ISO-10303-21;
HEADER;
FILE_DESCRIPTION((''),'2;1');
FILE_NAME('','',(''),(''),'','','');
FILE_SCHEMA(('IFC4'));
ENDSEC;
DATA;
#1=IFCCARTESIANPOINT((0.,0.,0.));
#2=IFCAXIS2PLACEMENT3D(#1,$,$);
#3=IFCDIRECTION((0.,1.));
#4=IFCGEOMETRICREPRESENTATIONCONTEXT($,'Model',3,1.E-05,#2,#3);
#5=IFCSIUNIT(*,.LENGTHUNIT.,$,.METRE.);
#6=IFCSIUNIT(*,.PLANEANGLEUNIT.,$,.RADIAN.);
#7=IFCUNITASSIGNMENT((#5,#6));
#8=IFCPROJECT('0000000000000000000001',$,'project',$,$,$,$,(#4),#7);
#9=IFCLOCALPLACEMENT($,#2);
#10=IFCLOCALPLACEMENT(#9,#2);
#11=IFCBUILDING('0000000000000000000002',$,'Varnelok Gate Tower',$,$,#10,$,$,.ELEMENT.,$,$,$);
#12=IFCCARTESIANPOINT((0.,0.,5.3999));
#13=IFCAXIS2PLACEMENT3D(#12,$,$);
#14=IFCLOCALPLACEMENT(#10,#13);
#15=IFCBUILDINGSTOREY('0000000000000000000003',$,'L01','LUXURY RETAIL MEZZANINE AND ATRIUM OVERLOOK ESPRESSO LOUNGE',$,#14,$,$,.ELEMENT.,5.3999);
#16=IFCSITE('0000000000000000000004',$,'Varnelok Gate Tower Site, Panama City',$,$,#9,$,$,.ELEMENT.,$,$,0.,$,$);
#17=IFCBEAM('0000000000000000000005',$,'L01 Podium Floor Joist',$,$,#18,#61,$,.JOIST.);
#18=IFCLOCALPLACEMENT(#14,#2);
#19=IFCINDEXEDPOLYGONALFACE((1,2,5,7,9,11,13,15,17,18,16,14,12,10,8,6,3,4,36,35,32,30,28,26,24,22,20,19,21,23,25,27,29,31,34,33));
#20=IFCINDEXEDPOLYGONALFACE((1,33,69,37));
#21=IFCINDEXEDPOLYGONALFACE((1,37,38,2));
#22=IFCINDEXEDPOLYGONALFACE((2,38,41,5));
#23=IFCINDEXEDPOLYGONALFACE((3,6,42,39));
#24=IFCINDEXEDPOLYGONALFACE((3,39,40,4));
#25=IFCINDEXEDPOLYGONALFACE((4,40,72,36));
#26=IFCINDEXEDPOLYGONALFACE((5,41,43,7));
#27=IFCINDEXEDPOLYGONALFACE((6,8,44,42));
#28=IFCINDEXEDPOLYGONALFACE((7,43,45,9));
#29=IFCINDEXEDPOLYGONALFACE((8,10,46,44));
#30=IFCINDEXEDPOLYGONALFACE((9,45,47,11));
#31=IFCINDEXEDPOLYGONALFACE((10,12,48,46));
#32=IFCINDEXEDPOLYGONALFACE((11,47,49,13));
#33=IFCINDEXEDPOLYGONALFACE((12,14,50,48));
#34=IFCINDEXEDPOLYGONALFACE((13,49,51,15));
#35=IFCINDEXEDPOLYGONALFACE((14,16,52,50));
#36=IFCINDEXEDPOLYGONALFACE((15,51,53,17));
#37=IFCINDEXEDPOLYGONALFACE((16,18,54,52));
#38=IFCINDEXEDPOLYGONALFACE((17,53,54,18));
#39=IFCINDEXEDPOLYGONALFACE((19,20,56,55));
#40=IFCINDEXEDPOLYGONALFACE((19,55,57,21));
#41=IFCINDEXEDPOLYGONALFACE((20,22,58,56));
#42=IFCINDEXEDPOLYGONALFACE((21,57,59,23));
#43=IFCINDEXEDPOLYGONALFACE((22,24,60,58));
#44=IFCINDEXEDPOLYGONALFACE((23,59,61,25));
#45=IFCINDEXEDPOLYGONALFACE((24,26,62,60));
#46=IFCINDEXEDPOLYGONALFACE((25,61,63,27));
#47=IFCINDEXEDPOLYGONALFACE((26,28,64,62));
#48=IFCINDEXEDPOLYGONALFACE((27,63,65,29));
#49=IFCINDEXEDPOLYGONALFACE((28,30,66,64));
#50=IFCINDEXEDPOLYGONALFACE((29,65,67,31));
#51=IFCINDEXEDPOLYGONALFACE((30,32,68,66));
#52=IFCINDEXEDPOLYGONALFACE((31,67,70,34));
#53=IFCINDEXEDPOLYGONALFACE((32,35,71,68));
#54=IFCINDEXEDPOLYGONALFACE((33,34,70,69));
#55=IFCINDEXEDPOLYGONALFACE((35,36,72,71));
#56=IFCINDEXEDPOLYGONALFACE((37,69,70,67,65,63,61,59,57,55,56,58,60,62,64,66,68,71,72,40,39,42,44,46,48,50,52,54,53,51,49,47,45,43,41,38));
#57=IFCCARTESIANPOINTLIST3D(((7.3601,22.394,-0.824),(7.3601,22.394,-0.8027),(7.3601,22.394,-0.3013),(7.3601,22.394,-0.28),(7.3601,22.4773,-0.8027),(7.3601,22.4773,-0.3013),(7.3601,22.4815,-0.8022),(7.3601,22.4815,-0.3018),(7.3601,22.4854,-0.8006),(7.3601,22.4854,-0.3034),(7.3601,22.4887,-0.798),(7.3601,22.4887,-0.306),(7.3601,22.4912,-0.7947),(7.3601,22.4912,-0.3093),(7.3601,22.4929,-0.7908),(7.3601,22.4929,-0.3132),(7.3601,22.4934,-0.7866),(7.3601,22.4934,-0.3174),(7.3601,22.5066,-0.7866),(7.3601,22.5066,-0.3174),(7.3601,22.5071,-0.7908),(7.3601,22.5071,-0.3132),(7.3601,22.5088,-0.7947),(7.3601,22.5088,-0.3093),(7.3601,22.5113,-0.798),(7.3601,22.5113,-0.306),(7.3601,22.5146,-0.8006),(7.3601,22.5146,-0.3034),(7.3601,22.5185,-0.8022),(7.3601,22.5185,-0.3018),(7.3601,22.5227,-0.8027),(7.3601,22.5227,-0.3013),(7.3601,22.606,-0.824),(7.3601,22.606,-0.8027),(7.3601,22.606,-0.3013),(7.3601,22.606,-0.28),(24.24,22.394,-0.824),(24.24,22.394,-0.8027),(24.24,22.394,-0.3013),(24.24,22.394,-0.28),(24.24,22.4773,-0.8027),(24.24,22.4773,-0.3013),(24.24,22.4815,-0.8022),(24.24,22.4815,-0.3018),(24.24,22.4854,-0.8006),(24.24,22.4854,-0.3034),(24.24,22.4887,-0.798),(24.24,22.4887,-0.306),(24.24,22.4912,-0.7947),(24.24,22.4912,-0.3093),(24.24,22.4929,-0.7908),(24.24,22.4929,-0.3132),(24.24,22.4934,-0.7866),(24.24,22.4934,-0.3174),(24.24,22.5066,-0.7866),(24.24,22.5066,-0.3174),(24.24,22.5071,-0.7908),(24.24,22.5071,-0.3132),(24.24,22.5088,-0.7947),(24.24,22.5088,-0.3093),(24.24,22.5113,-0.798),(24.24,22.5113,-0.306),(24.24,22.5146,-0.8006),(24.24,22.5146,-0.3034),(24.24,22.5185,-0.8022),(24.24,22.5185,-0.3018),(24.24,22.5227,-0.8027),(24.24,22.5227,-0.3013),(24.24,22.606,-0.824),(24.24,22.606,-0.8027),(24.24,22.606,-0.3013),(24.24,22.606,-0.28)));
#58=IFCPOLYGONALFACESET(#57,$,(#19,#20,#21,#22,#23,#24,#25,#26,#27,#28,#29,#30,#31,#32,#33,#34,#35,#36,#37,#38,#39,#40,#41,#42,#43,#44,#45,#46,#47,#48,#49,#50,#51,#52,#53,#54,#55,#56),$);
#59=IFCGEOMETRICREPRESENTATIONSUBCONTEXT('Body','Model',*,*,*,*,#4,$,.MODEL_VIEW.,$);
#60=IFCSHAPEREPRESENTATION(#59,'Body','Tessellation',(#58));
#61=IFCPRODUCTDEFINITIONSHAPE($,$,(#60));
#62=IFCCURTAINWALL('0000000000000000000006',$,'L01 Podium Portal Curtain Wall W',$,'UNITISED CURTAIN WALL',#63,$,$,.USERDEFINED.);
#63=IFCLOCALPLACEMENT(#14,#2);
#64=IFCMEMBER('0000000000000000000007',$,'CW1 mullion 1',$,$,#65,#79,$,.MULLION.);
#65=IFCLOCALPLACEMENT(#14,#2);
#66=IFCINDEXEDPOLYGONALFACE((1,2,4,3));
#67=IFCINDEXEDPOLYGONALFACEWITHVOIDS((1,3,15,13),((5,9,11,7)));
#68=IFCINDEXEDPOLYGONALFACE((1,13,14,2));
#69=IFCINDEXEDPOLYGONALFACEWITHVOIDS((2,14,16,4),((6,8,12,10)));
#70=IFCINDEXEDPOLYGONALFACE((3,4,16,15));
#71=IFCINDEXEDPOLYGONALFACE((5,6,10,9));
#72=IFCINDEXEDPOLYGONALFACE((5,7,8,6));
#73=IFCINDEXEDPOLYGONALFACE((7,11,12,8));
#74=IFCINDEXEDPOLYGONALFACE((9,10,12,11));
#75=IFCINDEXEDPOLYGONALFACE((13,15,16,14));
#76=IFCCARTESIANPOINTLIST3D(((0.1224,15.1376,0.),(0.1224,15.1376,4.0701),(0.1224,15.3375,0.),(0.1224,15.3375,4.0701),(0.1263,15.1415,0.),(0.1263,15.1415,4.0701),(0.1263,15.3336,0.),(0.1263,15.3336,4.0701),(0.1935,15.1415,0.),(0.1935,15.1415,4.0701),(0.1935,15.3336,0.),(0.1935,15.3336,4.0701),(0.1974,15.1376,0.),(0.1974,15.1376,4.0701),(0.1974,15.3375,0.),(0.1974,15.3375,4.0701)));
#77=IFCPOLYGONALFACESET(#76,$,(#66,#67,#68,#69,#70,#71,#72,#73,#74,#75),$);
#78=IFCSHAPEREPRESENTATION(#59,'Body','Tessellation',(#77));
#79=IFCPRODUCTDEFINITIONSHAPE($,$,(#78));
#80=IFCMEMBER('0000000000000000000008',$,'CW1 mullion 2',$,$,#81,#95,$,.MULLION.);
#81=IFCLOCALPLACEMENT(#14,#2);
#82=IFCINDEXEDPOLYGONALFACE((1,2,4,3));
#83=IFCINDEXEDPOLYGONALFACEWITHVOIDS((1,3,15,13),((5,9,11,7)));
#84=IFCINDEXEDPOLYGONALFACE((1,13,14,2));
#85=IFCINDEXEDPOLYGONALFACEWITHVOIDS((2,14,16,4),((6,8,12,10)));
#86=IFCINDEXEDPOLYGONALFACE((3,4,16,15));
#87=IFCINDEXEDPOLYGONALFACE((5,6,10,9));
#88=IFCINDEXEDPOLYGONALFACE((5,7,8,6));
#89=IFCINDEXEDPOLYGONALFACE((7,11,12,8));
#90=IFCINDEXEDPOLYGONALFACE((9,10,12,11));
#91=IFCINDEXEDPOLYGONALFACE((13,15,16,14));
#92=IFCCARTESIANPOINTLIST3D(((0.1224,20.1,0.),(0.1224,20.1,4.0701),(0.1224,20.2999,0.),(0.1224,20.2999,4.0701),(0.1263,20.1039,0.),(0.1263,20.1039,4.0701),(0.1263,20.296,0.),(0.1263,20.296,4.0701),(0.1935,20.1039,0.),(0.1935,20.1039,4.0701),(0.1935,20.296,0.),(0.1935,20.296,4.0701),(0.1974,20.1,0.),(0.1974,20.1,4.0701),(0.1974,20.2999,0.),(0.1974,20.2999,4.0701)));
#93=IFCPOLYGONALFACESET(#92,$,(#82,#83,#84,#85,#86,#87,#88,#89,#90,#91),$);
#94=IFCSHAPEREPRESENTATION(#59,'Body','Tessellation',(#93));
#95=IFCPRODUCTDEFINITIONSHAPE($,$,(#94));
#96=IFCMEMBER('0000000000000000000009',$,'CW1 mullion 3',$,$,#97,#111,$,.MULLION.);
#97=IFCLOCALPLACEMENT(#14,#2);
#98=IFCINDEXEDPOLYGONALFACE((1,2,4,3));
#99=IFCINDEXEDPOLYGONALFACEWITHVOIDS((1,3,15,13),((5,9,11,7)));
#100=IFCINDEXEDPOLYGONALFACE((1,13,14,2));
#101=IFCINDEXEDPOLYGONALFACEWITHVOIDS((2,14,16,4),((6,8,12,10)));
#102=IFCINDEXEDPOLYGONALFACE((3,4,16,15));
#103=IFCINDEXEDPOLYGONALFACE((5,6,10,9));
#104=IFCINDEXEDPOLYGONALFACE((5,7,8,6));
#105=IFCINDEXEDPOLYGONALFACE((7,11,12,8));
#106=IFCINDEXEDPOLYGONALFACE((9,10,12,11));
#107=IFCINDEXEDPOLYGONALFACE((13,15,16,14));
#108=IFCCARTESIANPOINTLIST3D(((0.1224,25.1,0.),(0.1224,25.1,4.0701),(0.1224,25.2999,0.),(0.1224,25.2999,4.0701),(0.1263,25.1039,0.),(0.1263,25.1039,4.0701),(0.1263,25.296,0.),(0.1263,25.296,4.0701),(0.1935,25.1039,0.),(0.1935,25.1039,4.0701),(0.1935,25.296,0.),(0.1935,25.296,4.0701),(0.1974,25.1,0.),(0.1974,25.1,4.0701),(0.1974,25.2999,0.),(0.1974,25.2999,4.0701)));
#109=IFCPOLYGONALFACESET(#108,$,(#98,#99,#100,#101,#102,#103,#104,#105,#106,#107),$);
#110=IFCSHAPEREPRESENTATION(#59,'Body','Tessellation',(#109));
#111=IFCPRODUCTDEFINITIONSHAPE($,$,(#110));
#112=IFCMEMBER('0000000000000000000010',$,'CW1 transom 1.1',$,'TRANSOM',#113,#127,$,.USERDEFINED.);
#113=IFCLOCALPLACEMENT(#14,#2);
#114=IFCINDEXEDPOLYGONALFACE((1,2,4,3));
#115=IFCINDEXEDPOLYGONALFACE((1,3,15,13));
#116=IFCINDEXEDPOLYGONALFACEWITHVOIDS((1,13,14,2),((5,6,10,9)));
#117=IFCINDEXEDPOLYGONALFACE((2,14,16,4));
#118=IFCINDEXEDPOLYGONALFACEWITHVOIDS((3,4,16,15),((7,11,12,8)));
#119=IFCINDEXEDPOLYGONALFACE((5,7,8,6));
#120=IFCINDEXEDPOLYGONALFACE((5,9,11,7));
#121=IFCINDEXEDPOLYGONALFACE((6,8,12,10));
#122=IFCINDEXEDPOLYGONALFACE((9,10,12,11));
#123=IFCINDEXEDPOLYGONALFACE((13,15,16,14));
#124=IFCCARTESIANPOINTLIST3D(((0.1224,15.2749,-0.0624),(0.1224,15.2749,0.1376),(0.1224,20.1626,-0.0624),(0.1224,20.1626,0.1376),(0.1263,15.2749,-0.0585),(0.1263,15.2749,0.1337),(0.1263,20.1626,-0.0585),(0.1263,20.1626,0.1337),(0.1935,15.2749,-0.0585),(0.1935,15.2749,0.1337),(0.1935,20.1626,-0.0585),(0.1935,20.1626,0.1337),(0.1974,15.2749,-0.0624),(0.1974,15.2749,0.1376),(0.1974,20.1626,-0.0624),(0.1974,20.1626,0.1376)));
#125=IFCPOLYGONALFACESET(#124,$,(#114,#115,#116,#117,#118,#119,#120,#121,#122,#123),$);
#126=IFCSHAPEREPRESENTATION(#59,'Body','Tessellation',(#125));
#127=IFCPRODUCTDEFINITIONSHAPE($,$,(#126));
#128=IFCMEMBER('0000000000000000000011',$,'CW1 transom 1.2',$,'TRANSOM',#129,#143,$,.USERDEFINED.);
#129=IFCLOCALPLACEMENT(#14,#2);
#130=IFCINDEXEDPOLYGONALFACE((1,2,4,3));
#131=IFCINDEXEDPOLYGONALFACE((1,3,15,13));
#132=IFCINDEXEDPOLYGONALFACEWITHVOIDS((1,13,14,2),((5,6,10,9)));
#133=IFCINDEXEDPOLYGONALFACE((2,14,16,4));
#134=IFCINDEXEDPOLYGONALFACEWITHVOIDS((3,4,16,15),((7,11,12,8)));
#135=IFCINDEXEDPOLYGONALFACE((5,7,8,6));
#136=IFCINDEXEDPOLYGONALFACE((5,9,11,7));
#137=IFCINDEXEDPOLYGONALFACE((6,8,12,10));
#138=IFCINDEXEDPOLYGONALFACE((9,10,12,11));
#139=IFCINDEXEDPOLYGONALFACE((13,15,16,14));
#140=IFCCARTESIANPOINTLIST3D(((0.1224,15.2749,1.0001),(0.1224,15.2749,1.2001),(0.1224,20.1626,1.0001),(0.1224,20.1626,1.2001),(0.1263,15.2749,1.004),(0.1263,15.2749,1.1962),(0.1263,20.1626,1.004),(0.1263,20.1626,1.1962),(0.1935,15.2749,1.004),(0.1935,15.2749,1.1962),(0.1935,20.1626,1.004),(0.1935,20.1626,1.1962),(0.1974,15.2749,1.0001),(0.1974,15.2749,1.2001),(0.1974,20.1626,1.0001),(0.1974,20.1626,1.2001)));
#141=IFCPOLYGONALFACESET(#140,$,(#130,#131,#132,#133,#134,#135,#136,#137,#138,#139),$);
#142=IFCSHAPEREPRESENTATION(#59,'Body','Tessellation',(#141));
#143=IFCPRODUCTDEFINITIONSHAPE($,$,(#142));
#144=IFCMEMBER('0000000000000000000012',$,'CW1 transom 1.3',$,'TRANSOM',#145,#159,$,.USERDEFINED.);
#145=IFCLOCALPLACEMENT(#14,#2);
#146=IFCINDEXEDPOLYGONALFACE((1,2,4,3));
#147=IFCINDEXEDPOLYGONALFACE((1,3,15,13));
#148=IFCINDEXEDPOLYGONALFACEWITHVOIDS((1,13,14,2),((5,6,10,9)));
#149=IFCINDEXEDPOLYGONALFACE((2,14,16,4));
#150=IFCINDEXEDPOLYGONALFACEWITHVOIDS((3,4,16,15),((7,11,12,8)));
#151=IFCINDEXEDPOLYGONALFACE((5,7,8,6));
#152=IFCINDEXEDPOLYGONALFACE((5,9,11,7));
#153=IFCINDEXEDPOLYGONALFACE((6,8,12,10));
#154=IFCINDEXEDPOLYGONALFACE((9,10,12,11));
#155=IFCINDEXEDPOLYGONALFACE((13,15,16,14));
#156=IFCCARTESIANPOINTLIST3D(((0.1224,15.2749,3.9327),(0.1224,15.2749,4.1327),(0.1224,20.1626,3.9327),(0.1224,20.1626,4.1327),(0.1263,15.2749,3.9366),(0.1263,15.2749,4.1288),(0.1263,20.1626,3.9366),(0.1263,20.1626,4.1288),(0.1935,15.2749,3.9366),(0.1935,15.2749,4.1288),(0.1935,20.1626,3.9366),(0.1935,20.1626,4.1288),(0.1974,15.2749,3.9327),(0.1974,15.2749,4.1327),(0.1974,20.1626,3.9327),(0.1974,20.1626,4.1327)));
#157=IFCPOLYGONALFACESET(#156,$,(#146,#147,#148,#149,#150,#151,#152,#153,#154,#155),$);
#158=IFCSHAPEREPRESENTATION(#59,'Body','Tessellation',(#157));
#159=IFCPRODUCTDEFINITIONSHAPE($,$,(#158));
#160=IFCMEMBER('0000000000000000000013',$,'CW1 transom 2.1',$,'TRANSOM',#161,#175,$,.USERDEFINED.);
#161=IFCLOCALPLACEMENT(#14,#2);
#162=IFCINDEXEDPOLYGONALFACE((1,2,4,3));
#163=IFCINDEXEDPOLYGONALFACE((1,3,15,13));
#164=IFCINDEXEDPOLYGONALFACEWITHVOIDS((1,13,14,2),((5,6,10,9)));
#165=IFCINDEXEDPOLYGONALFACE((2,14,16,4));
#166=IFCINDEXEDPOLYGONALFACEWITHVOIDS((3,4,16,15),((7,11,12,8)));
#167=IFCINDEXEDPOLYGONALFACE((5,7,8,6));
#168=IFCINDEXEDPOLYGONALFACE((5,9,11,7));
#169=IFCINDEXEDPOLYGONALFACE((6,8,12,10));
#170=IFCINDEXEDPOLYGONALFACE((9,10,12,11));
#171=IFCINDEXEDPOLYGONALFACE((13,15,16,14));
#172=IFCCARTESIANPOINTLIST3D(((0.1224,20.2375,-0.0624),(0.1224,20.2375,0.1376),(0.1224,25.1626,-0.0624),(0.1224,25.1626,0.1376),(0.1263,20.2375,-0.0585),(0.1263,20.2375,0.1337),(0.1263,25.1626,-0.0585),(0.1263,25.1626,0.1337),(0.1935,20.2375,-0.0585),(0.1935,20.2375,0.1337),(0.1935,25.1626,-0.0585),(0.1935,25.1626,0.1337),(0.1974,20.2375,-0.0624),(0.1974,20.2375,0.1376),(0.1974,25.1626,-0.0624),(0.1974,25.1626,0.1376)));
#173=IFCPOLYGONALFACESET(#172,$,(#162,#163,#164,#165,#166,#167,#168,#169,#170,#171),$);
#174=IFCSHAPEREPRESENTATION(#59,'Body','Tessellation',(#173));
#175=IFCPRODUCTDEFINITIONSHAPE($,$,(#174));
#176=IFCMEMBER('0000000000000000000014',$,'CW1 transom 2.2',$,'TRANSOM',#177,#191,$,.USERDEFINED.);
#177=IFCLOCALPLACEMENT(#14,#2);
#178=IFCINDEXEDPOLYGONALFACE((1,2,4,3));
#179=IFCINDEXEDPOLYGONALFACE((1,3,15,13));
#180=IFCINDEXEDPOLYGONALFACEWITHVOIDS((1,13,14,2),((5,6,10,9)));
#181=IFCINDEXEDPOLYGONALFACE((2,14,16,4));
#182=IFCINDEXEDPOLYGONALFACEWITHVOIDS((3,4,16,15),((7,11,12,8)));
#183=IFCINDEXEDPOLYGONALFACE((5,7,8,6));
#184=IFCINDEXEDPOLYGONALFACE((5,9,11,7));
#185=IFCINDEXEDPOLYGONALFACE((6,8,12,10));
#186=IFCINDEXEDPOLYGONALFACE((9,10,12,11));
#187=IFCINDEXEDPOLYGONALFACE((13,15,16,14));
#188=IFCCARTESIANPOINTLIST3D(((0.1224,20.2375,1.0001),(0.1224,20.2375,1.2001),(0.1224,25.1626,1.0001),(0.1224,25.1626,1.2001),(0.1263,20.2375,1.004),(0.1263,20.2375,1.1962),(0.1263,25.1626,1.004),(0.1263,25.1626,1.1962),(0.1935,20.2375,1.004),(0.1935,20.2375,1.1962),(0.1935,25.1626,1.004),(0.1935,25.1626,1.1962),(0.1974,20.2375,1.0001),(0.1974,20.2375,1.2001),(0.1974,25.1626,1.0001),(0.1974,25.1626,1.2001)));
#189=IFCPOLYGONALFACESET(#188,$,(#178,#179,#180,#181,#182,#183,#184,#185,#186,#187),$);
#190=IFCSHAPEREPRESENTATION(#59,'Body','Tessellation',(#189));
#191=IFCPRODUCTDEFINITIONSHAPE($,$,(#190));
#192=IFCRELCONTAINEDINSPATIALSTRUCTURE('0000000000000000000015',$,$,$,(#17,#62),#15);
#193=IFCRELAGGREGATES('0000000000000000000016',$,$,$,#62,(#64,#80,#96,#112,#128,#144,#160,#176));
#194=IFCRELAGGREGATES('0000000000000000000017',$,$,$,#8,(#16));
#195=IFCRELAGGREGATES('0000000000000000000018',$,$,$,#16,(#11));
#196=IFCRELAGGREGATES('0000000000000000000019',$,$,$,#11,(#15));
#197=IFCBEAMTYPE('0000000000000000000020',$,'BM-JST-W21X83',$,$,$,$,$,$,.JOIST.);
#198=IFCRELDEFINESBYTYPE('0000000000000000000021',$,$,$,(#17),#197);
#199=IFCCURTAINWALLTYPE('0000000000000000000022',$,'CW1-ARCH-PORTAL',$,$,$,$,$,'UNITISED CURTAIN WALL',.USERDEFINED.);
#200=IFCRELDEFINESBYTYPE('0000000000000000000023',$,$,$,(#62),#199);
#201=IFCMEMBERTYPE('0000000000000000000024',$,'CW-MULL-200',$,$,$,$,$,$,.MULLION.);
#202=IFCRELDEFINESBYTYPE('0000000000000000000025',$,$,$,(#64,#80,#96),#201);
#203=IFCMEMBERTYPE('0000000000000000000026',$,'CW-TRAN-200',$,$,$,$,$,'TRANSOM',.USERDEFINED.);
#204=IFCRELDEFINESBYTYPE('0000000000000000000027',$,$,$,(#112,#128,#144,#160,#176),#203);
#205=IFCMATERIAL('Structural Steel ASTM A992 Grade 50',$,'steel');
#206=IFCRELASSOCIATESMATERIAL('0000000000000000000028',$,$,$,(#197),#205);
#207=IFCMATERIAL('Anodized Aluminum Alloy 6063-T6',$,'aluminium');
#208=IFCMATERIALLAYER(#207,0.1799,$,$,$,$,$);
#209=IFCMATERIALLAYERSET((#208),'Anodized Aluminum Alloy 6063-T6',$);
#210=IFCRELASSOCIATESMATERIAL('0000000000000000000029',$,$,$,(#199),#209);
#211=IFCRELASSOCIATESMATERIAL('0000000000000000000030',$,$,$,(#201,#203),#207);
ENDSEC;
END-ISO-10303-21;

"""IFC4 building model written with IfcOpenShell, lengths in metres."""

from ifc_helpers import new_model, si_unit, direction, frame, origin, origin_2d, place, context, subcontext, project, spatial, hollow_rectangle, i_section, extrude, material, layer, layer_set, material_profile, profile_set, type_object, element, aggregate, save


model = new_model("IFC4")

# Units and contexts
model_context = context("Model", 3, precision=1e-05, world=origin(), true_north=direction((0.0, 1.0)))
body_context = subcontext(model_context, "Body", "Model", "MODEL_VIEW")
ifc_project = project(units=[si_unit("LENGTHUNIT", "METRE"), si_unit("PLANEANGLEUNIT", "RADIAN")], contexts=[model_context])

# Site, building, storey
site_placement = place(None, origin())
site = spatial("IfcSite", under=ifc_project, at=site_placement, Name="Varnelok Gate Tower Site, Panama City", CompositionType="ELEMENT", RefElevation=0.0)
building_placement = place(site_placement, origin())
building = spatial("IfcBuilding", under=site, at=building_placement, Name="Varnelok Gate Tower", CompositionType="ELEMENT")
storey_placement = place(building_placement, frame((0.0, 0.0, 5.3999)))
storey = spatial("IfcBuildingStorey", under=building, at=storey_placement, Name="L01", Description="LUXURY RETAIL MEZZANINE AND ATRIUM OVERLOOK ESPRESSO LOUNGE", CompositionType="ELEMENT", Elevation=5.3999)

# Beam
ifc_material_1 = material(Name="Structural Steel ASTM A992 Grade 50", Category="steel")
ifc_material_profile_1 = material_profile(ifc_material_1, i_section(OverallWidth=0.2119, OverallDepth=0.5439, WebThickness=0.0132, FlangeThickness=0.0212, FilletRadius=0.0161, at=origin_2d()), Name="W21X83")
ifc_profile_set_1 = profile_set([ifc_material_profile_1], Name="Structural Steel ASTM A992 Grade 50")
beam_type = type_object("IfcBeamType", Name="BM-JST-W21X83", PredefinedType="JOIST", material=ifc_profile_set_1)
beam_placement = place(storey_placement, frame((7.3601, 22.5, -0.552), z_axis=(1.0, 0.0, 0.0), x_axis=(0.0, 1.0, 0.0)))
element("IfcBeam", 1, at=beam_placement, inside=storey, type_object=beam_type, Name="L01 Podium Floor Joist", PredefinedType="JOIST", context=body_context, shape_type="SweptSolid", body=[
    extrude(i_section(OverallWidth=0.2119, OverallDepth=0.5439, WebThickness=0.0132, FlangeThickness=0.0212, FilletRadius=0.0161, at=origin_2d()), origin(), (0.0, 0.0, 1.0), 16.8799),
])

# Curtain wall, members
ifc_material_2 = material(Name="Anodized Aluminum Alloy 6063-T6", Category="aluminium")
ifc_layer_1 = layer(ifc_material_2, 0.1799)
ifc_layer_set_1 = layer_set([ifc_layer_1], Name="Anodized Aluminum Alloy 6063-T6")
curtain_wall_type = type_object("IfcCurtainWallType", Name="CW1-ARCH-PORTAL", ElementType="UNITISED CURTAIN WALL", PredefinedType="USERDEFINED", material=ifc_layer_set_1)
curtain_wall_placement = place(storey_placement, origin())
curtain_wall = element("IfcCurtainWall", 2, at=curtain_wall_placement, inside=storey, type_object=curtain_wall_type, Name="L01 Podium Portal Curtain Wall W", ObjectType="UNITISED CURTAIN WALL", PredefinedType="USERDEFINED")
ifc_material_profile_2 = material_profile(ifc_material_2, hollow_rectangle(XDim=0.075, YDim=0.2, WallThickness=0.0039, at=origin_2d()), Name="ALU200X75X4")
ifc_profile_set_2 = profile_set([ifc_material_profile_2], Name="Anodized Aluminum Alloy 6063-T6")
member_type_1 = type_object("IfcMemberType", Name="CW-MULL-200", PredefinedType="MULLION", material=ifc_profile_set_2)
member_1_placement = place(storey_placement, frame((0.1599, 15.2375, 0.0), z_axis=(0.0, 0.0, 1.0), x_axis=(-1.0, 0.0, 0.0)))
member_1 = element("IfcMember", 3, at=member_1_placement, type_object=member_type_1, Name="CW1 mullion 1", PredefinedType="MULLION", context=body_context, shape_type="SweptSolid", body=[
    extrude(hollow_rectangle(XDim=0.075, YDim=0.2, WallThickness=0.0039, at=origin_2d()), origin(), (0.0, 0.0, 1.0), 4.0701),
])
member_2_placement = place(storey_placement, frame((0.1599, 20.2, 0.0), z_axis=(0.0, 0.0, 1.0), x_axis=(-1.0, 0.0, 0.0)))
member_2 = element("IfcMember", 4, at=member_2_placement, type_object=member_type_1, Name="CW1 mullion 2", PredefinedType="MULLION", context=body_context, shape_type="SweptSolid", body=[
    extrude(hollow_rectangle(XDim=0.075, YDim=0.2, WallThickness=0.0039, at=origin_2d()), origin(), (0.0, 0.0, 1.0), 4.0701),
])
member_3_placement = place(storey_placement, frame((0.1599, 25.2, 0.0), z_axis=(0.0, 0.0, 1.0), x_axis=(-1.0, 0.0, 0.0)))
member_3 = element("IfcMember", 5, at=member_3_placement, type_object=member_type_1, Name="CW1 mullion 3", PredefinedType="MULLION", context=body_context, shape_type="SweptSolid", body=[
    extrude(hollow_rectangle(XDim=0.075, YDim=0.2, WallThickness=0.0039, at=origin_2d()), origin(), (0.0, 0.0, 1.0), 4.0701),
])
ifc_material_profile_3 = material_profile(ifc_material_2, hollow_rectangle(XDim=0.075, YDim=0.2, WallThickness=0.0039, at=origin_2d()), Name="ALU200X75X4")
ifc_profile_set_3 = profile_set([ifc_material_profile_3], Name="Anodized Aluminum Alloy 6063-T6")
member_type_2 = type_object("IfcMemberType", Name="CW-TRAN-200", ElementType="TRANSOM", PredefinedType="USERDEFINED", material=ifc_profile_set_3)
member_4_placement = place(storey_placement, frame((0.1599, 15.2749, 0.0376), z_axis=(0.0, 1.0, 0.0), x_axis=(-1.0, 0.0, 0.0)))
member_4 = element("IfcMember", 6, at=member_4_placement, type_object=member_type_2, Name="CW1 transom 1.1", ObjectType="TRANSOM", PredefinedType="USERDEFINED", context=body_context, shape_type="SweptSolid", body=[
    extrude(hollow_rectangle(XDim=0.075, YDim=0.2, WallThickness=0.0039, at=origin_2d()), origin(), (0.0, 0.0, 1.0), 4.8877),
])
member_5_placement = place(storey_placement, frame((0.1599, 15.2749, 1.1001), z_axis=(0.0, 1.0, 0.0), x_axis=(-1.0, 0.0, 0.0)))
member_5 = element("IfcMember", 7, at=member_5_placement, type_object=member_type_2, Name="CW1 transom 1.2", ObjectType="TRANSOM", PredefinedType="USERDEFINED", context=body_context, shape_type="SweptSolid", body=[
    extrude(hollow_rectangle(XDim=0.075, YDim=0.2, WallThickness=0.0039, at=origin_2d()), origin(), (0.0, 0.0, 1.0), 4.8877),
])
member_6_placement = place(storey_placement, frame((0.1599, 15.2749, 4.0327), z_axis=(0.0, 1.0, 0.0), x_axis=(-1.0, 0.0, 0.0)))
member_6 = element("IfcMember", 8, at=member_6_placement, type_object=member_type_2, Name="CW1 transom 1.3", ObjectType="TRANSOM", PredefinedType="USERDEFINED", context=body_context, shape_type="SweptSolid", body=[
    extrude(hollow_rectangle(XDim=0.075, YDim=0.2, WallThickness=0.0039, at=origin_2d()), origin(), (0.0, 0.0, 1.0), 4.8877),
])
member_7_placement = place(storey_placement, frame((0.1599, 20.2375, 0.0376), z_axis=(0.0, 1.0, 0.0), x_axis=(-1.0, 0.0, 0.0)))
member_7 = element("IfcMember", 9, at=member_7_placement, type_object=member_type_2, Name="CW1 transom 2.1", ObjectType="TRANSOM", PredefinedType="USERDEFINED", context=body_context, shape_type="SweptSolid", body=[
    extrude(hollow_rectangle(XDim=0.075, YDim=0.2, WallThickness=0.0039, at=origin_2d()), origin(), (0.0, 0.0, 1.0), 4.925),
])
member_8_placement = place(storey_placement, frame((0.1599, 20.2375, 1.1001), z_axis=(0.0, 1.0, 0.0), x_axis=(-1.0, 0.0, 0.0)))
member_8 = element("IfcMember", 10, at=member_8_placement, type_object=member_type_2, Name="CW1 transom 2.2", ObjectType="TRANSOM", PredefinedType="USERDEFINED", context=body_context, shape_type="SweptSolid", body=[
    extrude(hollow_rectangle(XDim=0.075, YDim=0.2, WallThickness=0.0039, at=origin_2d()), origin(), (0.0, 0.0, 1.0), 4.925),
])
aggregate(curtain_wall, [member_1, member_2, member_3, member_4, member_5, member_6, member_7, member_8])

save(model, "model.ifc")
